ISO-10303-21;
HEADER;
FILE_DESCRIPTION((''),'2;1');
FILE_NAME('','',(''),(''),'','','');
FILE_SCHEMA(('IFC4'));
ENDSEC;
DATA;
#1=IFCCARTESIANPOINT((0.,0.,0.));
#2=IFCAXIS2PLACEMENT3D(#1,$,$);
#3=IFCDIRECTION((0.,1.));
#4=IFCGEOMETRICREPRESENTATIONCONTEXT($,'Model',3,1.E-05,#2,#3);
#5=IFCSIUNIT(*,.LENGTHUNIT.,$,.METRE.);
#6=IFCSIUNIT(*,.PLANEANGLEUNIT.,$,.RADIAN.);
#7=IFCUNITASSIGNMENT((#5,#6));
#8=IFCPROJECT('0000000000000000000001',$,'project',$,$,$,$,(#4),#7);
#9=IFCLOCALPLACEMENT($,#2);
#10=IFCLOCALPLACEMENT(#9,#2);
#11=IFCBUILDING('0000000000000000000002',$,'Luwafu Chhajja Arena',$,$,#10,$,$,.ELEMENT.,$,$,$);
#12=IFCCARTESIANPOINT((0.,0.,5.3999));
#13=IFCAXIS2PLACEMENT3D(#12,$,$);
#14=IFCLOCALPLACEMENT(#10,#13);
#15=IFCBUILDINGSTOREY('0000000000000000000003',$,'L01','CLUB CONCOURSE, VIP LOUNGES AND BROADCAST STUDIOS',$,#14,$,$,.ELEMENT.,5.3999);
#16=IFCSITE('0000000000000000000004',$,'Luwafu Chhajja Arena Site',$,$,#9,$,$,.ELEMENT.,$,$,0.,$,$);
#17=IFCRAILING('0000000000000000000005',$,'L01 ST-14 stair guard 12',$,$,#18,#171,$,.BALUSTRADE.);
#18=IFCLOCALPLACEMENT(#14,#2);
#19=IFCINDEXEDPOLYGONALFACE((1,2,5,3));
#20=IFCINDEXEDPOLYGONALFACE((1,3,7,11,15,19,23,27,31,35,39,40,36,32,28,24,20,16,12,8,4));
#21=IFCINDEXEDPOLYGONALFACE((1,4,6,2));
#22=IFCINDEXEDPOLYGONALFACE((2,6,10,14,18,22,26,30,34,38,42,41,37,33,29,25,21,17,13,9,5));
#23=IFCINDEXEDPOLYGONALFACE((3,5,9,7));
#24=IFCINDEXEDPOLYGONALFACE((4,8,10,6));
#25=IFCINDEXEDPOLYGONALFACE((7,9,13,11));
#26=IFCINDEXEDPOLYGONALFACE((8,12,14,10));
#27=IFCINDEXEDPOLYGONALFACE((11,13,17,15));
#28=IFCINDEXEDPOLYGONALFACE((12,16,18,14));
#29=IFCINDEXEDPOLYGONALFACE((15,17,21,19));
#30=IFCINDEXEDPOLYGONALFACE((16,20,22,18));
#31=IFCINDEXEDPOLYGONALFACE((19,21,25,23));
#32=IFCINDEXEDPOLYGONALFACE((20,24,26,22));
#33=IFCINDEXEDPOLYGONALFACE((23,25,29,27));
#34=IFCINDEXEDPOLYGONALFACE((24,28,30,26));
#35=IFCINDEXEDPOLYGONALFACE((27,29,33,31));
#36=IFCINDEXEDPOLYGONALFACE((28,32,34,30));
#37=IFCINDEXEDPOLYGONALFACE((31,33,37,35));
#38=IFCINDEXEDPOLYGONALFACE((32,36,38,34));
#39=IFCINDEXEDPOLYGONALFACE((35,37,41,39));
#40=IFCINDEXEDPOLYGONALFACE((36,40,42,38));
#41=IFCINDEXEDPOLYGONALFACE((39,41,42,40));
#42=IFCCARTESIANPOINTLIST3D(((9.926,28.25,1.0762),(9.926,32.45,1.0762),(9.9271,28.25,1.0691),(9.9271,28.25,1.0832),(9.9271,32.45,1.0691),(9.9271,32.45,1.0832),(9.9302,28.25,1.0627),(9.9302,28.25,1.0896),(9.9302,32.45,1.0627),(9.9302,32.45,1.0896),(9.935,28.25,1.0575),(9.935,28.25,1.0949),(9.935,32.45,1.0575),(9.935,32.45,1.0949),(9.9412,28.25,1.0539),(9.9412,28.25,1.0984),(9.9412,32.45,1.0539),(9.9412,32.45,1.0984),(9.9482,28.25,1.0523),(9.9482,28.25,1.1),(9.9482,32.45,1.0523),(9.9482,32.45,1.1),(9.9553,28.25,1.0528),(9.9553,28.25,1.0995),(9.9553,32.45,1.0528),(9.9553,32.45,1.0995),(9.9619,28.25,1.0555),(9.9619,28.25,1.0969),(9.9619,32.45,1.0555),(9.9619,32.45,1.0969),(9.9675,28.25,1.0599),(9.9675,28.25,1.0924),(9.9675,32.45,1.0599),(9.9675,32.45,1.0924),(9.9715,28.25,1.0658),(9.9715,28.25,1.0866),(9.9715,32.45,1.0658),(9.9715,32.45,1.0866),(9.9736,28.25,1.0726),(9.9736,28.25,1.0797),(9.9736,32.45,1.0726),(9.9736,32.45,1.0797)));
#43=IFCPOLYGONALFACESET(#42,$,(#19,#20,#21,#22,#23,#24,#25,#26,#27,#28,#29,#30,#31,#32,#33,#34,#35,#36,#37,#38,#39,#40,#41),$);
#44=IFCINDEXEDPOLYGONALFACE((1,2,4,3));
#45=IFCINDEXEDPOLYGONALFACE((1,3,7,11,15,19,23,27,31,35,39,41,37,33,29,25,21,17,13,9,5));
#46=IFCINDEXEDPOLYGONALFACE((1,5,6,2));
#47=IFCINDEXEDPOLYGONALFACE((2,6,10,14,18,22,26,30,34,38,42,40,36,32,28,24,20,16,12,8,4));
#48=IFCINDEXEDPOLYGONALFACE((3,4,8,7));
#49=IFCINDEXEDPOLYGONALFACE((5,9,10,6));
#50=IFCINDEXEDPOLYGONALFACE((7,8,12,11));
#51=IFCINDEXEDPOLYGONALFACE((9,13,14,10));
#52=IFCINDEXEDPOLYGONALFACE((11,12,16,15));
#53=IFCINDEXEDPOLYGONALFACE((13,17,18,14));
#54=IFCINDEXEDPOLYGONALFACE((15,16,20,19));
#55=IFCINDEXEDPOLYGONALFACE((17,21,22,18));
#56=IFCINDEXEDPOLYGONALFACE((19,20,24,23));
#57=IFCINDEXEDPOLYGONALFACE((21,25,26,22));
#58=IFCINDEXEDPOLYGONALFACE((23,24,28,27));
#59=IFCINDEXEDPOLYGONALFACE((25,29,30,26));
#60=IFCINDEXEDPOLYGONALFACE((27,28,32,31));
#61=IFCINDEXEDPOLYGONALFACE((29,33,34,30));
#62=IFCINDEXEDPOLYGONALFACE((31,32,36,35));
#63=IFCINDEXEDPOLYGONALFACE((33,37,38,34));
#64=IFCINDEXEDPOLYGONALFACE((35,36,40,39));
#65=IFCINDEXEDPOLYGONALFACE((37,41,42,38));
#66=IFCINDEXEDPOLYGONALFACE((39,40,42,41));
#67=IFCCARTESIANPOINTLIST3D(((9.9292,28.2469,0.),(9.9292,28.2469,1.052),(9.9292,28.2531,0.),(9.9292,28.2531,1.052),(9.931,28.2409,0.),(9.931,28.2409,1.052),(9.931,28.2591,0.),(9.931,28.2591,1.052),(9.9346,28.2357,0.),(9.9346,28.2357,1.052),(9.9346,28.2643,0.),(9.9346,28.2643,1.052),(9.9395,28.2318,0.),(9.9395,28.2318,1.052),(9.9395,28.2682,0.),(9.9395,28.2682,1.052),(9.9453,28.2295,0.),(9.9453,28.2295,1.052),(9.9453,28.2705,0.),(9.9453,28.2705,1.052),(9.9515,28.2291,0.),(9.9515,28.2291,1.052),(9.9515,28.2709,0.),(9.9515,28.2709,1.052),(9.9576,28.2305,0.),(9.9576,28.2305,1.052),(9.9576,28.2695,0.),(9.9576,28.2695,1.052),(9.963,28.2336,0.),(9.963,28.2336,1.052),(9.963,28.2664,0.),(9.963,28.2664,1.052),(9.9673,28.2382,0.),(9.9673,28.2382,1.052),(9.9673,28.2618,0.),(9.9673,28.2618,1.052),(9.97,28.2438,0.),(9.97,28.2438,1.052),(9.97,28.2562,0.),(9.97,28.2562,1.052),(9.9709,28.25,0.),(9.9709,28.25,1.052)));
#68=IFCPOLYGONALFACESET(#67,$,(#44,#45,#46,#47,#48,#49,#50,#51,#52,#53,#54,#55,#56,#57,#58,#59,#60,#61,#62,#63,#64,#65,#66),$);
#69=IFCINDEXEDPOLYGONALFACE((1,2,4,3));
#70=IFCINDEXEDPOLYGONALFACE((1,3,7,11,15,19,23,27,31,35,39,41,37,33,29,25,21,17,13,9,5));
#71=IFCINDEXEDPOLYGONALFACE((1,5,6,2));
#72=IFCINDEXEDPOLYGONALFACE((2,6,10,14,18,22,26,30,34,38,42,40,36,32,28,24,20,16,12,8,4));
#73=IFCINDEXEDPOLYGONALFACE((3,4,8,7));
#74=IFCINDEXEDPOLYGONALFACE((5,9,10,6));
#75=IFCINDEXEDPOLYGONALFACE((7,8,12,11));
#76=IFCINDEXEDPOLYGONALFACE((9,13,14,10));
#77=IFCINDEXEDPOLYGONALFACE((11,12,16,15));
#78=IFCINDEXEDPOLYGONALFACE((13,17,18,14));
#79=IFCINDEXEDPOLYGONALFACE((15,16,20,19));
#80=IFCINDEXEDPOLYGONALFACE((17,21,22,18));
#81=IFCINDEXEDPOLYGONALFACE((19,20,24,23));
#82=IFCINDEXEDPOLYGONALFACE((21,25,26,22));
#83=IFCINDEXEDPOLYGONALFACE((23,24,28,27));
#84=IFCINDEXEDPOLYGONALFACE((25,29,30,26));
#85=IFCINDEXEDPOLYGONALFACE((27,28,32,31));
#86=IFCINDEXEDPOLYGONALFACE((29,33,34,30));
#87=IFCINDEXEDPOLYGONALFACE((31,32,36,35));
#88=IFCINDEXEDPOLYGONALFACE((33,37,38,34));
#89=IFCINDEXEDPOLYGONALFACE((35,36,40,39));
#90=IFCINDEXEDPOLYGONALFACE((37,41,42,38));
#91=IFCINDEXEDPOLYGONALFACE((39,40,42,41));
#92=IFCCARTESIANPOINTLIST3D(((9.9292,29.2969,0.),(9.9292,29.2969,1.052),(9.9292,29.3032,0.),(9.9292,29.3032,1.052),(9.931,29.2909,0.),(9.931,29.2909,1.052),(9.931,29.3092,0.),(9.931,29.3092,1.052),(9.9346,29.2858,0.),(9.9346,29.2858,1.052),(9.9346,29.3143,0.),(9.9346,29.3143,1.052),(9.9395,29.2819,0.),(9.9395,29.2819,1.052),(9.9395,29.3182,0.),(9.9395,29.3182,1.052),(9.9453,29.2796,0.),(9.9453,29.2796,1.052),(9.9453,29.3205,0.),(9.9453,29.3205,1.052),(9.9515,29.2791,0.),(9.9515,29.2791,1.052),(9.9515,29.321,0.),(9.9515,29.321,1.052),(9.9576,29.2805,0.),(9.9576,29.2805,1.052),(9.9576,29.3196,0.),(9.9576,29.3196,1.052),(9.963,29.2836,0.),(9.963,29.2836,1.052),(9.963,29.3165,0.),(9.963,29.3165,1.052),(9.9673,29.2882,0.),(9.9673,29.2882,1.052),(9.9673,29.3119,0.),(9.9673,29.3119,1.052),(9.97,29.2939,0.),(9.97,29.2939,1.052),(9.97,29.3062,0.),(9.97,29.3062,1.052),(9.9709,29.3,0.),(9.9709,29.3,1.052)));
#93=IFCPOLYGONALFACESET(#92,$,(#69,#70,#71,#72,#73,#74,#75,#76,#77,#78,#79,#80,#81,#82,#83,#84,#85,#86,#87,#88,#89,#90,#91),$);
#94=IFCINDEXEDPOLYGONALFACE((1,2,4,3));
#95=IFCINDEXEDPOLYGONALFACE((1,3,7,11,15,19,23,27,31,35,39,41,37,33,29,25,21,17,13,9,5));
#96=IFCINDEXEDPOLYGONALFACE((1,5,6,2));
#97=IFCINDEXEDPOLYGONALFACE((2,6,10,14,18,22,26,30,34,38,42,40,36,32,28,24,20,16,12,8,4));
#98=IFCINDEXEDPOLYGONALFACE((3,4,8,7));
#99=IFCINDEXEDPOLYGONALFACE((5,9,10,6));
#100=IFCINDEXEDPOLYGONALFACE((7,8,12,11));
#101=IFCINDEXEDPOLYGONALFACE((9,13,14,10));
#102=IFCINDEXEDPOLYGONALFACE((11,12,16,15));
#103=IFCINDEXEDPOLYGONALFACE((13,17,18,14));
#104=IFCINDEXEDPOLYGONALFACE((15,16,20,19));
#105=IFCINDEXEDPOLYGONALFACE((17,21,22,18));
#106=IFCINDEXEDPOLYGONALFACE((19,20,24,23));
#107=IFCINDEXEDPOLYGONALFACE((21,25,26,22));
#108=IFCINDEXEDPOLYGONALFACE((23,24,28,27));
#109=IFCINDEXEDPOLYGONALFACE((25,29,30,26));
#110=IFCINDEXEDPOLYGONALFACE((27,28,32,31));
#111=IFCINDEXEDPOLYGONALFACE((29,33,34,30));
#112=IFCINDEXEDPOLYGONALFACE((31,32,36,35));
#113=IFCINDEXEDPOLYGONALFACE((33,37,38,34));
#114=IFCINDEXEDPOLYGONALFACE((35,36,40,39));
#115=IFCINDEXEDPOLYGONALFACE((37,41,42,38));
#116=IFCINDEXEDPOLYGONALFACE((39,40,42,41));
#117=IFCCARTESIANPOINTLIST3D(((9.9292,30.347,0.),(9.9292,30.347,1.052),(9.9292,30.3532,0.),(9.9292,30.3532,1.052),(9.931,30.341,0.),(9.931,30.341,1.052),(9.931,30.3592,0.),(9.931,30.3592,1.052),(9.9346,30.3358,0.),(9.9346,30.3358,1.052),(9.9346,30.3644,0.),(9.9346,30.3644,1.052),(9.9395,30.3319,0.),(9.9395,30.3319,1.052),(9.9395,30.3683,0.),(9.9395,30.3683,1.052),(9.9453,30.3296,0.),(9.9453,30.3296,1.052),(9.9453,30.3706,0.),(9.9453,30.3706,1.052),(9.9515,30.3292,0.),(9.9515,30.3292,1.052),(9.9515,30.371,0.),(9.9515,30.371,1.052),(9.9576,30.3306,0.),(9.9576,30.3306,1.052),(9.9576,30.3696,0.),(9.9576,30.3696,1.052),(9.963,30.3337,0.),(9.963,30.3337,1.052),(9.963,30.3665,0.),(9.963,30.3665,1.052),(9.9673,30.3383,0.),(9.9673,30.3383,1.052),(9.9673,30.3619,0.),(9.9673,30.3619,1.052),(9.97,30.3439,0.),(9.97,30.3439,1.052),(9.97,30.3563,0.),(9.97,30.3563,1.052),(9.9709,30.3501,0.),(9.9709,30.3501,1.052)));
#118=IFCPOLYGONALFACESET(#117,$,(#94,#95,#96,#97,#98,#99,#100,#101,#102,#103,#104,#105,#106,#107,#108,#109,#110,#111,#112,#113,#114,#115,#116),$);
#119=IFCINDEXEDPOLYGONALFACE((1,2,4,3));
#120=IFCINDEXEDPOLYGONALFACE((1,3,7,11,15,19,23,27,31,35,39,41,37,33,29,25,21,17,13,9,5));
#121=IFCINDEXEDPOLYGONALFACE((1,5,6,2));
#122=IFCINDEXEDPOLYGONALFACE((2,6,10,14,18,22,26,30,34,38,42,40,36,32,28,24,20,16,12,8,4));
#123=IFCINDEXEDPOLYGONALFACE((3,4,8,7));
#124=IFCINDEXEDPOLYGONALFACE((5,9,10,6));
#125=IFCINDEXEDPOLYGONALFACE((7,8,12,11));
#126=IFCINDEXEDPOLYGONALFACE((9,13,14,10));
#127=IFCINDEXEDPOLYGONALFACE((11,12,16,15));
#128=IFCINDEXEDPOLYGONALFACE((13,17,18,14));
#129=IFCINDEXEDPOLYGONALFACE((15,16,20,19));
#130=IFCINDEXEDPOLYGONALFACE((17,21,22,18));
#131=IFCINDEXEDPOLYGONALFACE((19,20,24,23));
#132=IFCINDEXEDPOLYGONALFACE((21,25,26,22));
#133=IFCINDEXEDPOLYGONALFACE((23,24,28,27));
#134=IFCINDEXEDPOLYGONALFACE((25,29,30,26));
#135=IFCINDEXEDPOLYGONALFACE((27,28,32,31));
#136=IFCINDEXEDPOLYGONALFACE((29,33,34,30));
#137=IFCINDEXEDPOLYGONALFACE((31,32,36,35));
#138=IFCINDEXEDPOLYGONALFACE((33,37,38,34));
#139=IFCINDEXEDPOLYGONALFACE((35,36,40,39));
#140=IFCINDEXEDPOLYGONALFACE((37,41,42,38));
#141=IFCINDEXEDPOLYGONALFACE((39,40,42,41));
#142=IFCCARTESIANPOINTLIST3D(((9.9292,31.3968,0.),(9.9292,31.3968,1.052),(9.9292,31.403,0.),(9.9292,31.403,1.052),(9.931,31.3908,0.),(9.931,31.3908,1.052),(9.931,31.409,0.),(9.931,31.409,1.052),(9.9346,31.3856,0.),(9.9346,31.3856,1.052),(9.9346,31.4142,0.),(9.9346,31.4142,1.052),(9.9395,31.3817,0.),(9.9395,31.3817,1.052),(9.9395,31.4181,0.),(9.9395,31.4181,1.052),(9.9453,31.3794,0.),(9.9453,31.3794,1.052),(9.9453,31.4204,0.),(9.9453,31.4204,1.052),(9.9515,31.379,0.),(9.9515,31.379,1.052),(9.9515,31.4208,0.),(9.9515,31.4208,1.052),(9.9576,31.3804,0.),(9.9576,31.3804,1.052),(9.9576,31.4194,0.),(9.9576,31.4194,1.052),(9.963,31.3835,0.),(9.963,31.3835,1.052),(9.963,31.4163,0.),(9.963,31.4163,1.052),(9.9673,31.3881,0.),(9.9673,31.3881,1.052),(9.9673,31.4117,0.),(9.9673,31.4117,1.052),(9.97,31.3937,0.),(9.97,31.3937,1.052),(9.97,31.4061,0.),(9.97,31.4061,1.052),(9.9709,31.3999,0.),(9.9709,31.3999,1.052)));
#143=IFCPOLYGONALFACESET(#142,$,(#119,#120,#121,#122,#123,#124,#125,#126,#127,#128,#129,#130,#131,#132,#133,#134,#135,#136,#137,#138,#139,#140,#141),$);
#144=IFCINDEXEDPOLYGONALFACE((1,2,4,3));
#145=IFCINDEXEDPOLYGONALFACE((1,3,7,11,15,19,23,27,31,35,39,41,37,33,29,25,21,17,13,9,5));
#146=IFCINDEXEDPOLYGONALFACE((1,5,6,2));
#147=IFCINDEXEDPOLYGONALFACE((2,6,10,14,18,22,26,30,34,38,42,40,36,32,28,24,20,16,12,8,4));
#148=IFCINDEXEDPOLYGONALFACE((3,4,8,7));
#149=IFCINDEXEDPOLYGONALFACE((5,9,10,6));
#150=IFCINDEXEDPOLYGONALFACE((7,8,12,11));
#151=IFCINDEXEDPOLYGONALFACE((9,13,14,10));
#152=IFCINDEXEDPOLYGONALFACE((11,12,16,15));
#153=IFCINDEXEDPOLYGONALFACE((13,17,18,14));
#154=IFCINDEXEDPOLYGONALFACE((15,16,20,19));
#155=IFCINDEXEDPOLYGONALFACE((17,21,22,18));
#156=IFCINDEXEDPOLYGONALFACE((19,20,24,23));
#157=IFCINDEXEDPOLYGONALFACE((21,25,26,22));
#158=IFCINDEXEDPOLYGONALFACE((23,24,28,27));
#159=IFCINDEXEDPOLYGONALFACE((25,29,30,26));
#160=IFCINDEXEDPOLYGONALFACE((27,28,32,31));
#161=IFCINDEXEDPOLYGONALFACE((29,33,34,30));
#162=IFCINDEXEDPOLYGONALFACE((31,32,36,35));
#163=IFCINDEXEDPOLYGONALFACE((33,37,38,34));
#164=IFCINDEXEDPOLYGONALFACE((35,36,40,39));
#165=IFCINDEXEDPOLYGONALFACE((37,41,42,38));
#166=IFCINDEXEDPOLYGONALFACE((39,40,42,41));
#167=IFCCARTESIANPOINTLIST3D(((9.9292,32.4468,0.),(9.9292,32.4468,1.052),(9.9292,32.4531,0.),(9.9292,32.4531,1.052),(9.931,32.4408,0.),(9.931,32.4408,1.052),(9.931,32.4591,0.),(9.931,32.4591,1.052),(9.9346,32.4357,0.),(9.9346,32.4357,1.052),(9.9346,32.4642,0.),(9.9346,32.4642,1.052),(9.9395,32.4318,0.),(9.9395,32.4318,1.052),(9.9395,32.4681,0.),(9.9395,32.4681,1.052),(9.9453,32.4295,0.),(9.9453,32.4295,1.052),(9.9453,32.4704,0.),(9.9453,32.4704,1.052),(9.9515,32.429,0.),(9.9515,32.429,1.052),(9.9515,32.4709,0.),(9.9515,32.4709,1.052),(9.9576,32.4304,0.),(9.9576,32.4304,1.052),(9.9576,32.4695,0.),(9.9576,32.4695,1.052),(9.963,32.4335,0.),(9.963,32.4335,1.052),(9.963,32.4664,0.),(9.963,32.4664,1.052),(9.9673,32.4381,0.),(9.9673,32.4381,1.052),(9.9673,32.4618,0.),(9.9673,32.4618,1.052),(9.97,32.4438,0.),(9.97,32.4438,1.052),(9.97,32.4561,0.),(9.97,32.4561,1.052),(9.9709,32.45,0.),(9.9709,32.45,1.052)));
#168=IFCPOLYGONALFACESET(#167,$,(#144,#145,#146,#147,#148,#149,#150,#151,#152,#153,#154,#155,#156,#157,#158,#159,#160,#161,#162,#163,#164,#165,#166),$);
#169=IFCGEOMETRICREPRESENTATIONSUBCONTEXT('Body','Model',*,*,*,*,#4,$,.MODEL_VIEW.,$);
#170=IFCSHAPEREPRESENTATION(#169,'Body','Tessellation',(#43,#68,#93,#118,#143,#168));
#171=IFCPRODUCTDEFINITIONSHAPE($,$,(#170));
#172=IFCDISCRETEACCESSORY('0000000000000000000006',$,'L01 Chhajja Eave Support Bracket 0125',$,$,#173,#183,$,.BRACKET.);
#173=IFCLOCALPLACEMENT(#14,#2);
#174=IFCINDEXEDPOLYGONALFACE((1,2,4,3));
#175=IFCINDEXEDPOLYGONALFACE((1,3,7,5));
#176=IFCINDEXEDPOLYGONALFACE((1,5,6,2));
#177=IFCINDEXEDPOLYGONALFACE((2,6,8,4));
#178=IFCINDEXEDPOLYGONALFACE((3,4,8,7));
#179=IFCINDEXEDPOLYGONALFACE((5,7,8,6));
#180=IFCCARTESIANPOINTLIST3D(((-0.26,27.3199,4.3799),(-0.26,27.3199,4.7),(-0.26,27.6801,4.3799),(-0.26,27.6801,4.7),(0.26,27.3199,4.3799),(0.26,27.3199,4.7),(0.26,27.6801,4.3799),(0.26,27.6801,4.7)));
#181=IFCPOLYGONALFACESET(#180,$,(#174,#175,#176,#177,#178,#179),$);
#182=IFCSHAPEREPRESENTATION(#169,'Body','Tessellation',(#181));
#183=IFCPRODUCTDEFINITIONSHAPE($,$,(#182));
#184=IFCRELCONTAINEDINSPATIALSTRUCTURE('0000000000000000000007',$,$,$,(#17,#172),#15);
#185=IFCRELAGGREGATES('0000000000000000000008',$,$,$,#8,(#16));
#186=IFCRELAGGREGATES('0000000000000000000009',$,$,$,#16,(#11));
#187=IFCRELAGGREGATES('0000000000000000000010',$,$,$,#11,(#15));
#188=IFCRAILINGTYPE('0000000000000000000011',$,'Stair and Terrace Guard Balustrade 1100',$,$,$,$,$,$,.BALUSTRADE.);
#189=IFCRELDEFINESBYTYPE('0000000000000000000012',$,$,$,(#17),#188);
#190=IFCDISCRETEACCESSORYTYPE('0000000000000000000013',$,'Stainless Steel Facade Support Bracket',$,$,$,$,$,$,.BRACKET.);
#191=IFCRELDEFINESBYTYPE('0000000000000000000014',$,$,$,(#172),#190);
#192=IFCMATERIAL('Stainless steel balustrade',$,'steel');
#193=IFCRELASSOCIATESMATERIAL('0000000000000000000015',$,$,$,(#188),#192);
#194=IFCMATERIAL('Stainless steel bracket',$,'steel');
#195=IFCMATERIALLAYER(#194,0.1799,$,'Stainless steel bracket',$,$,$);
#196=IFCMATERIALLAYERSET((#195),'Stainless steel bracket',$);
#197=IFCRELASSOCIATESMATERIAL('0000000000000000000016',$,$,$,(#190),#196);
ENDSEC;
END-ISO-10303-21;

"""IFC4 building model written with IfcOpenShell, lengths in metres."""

from ifc_helpers import new_model, si_unit, direction, frame, origin, origin_2d, place, context, subcontext, project, spatial, rectangle, circle, extrude, material, layer, layer_set, type_object, element, save


model = new_model("IFC4")

# Units and contexts
model_context = context("Model", 3, precision=1e-05, world=origin(), true_north=direction((0.0, 1.0)))
body_context = subcontext(model_context, "Body", "Model", "MODEL_VIEW")
ifc_project = project(units=[si_unit("LENGTHUNIT", "METRE"), si_unit("PLANEANGLEUNIT", "RADIAN")], contexts=[model_context])

# Site, building, storey
site_placement = place(None, origin())
site = spatial("IfcSite", under=ifc_project, at=site_placement, Name="Luwafu Chhajja Arena Site", CompositionType="ELEMENT", RefElevation=0.0)
building_placement = place(site_placement, origin())
building = spatial("IfcBuilding", under=site, at=building_placement, Name="Luwafu Chhajja Arena", CompositionType="ELEMENT")
storey_placement = place(building_placement, frame((0.0, 0.0, 5.3999)))
storey = spatial("IfcBuildingStorey", under=building, at=storey_placement, Name="L01", Description="CLUB CONCOURSE, VIP LOUNGES AND BROADCAST STUDIOS", CompositionType="ELEMENT", Elevation=5.3999)

# Railing
ifc_material_1 = material(Name="Stainless steel balustrade", Category="steel")
railing_type_1 = type_object("IfcRailingType", Name="Stair and Terrace Guard Balustrade 1100", PredefinedType="BALUSTRADE", material=ifc_material_1)
railing_1_placement = place(storey_placement, frame((9.95, 28.25, 0.0)))
element("IfcRailing", 1, at=railing_1_placement, inside=storey, type_object=railing_type_1, Name="L01 ST-14 stair guard 12", PredefinedType="BALUSTRADE", context=body_context, shape_type="SweptSolid", body=[
    extrude(circle(Radius=0.0239, at=origin_2d()), frame((0.0, 0.0, 1.0762), z_axis=(0.0, 1.0, 0.0), x_axis=(-1.0, 0.0, 0.0)), (0.0, 0.0, 1.0), 4.2),
    extrude(circle(Radius=0.021, at=origin_2d()), origin(), (0.0, 0.0, 1.0), 1.052),
    extrude(circle(Radius=0.021, at=origin_2d()), frame((0.0, 1.05, 0.0)), (0.0, 0.0, 1.0), 1.052),
    extrude(circle(Radius=0.021, at=origin_2d()), frame((0.0, 2.1001, 0.0)), (0.0, 0.0, 1.0), 1.052),
    extrude(circle(Radius=0.021, at=origin_2d()), frame((0.0, 3.1499, 0.0)), (0.0, 0.0, 1.0), 1.052),
    extrude(circle(Radius=0.021, at=origin_2d()), frame((0.0, 4.2, 0.0)), (0.0, 0.0, 1.0), 1.052),
])

# Discrete accessory
ifc_material_2 = material(Name="Stainless steel bracket", Category="steel")
ifc_layer_1 = layer(ifc_material_2, 0.1799, Name="Stainless steel bracket")
ifc_layer_set_1 = layer_set([ifc_layer_1], Name="Stainless steel bracket")
discrete_accessory_type = type_object("IfcDiscreteAccessoryType", Name="Stainless Steel Facade Support Bracket", PredefinedType="BRACKET", material=ifc_layer_set_1)
discrete_accessory_placement = place(storey_placement, frame((0.0, 27.5, 4.3799), z_axis=(0.0, 0.0, 1.0), x_axis=(0.0, 1.0, 0.0)))
element("IfcDiscreteAccessory", 2, at=discrete_accessory_placement, inside=storey, type_object=discrete_accessory_type, Name="L01 Chhajja Eave Support Bracket 0125", PredefinedType="BRACKET", context=body_context, shape_type="SweptSolid", body=[
    extrude(rectangle(XDim=0.3601, YDim=0.52, at=origin_2d()), origin(), (0.0, 0.0, 1.0), 0.3201),
])

save(model, "model.ifc")
